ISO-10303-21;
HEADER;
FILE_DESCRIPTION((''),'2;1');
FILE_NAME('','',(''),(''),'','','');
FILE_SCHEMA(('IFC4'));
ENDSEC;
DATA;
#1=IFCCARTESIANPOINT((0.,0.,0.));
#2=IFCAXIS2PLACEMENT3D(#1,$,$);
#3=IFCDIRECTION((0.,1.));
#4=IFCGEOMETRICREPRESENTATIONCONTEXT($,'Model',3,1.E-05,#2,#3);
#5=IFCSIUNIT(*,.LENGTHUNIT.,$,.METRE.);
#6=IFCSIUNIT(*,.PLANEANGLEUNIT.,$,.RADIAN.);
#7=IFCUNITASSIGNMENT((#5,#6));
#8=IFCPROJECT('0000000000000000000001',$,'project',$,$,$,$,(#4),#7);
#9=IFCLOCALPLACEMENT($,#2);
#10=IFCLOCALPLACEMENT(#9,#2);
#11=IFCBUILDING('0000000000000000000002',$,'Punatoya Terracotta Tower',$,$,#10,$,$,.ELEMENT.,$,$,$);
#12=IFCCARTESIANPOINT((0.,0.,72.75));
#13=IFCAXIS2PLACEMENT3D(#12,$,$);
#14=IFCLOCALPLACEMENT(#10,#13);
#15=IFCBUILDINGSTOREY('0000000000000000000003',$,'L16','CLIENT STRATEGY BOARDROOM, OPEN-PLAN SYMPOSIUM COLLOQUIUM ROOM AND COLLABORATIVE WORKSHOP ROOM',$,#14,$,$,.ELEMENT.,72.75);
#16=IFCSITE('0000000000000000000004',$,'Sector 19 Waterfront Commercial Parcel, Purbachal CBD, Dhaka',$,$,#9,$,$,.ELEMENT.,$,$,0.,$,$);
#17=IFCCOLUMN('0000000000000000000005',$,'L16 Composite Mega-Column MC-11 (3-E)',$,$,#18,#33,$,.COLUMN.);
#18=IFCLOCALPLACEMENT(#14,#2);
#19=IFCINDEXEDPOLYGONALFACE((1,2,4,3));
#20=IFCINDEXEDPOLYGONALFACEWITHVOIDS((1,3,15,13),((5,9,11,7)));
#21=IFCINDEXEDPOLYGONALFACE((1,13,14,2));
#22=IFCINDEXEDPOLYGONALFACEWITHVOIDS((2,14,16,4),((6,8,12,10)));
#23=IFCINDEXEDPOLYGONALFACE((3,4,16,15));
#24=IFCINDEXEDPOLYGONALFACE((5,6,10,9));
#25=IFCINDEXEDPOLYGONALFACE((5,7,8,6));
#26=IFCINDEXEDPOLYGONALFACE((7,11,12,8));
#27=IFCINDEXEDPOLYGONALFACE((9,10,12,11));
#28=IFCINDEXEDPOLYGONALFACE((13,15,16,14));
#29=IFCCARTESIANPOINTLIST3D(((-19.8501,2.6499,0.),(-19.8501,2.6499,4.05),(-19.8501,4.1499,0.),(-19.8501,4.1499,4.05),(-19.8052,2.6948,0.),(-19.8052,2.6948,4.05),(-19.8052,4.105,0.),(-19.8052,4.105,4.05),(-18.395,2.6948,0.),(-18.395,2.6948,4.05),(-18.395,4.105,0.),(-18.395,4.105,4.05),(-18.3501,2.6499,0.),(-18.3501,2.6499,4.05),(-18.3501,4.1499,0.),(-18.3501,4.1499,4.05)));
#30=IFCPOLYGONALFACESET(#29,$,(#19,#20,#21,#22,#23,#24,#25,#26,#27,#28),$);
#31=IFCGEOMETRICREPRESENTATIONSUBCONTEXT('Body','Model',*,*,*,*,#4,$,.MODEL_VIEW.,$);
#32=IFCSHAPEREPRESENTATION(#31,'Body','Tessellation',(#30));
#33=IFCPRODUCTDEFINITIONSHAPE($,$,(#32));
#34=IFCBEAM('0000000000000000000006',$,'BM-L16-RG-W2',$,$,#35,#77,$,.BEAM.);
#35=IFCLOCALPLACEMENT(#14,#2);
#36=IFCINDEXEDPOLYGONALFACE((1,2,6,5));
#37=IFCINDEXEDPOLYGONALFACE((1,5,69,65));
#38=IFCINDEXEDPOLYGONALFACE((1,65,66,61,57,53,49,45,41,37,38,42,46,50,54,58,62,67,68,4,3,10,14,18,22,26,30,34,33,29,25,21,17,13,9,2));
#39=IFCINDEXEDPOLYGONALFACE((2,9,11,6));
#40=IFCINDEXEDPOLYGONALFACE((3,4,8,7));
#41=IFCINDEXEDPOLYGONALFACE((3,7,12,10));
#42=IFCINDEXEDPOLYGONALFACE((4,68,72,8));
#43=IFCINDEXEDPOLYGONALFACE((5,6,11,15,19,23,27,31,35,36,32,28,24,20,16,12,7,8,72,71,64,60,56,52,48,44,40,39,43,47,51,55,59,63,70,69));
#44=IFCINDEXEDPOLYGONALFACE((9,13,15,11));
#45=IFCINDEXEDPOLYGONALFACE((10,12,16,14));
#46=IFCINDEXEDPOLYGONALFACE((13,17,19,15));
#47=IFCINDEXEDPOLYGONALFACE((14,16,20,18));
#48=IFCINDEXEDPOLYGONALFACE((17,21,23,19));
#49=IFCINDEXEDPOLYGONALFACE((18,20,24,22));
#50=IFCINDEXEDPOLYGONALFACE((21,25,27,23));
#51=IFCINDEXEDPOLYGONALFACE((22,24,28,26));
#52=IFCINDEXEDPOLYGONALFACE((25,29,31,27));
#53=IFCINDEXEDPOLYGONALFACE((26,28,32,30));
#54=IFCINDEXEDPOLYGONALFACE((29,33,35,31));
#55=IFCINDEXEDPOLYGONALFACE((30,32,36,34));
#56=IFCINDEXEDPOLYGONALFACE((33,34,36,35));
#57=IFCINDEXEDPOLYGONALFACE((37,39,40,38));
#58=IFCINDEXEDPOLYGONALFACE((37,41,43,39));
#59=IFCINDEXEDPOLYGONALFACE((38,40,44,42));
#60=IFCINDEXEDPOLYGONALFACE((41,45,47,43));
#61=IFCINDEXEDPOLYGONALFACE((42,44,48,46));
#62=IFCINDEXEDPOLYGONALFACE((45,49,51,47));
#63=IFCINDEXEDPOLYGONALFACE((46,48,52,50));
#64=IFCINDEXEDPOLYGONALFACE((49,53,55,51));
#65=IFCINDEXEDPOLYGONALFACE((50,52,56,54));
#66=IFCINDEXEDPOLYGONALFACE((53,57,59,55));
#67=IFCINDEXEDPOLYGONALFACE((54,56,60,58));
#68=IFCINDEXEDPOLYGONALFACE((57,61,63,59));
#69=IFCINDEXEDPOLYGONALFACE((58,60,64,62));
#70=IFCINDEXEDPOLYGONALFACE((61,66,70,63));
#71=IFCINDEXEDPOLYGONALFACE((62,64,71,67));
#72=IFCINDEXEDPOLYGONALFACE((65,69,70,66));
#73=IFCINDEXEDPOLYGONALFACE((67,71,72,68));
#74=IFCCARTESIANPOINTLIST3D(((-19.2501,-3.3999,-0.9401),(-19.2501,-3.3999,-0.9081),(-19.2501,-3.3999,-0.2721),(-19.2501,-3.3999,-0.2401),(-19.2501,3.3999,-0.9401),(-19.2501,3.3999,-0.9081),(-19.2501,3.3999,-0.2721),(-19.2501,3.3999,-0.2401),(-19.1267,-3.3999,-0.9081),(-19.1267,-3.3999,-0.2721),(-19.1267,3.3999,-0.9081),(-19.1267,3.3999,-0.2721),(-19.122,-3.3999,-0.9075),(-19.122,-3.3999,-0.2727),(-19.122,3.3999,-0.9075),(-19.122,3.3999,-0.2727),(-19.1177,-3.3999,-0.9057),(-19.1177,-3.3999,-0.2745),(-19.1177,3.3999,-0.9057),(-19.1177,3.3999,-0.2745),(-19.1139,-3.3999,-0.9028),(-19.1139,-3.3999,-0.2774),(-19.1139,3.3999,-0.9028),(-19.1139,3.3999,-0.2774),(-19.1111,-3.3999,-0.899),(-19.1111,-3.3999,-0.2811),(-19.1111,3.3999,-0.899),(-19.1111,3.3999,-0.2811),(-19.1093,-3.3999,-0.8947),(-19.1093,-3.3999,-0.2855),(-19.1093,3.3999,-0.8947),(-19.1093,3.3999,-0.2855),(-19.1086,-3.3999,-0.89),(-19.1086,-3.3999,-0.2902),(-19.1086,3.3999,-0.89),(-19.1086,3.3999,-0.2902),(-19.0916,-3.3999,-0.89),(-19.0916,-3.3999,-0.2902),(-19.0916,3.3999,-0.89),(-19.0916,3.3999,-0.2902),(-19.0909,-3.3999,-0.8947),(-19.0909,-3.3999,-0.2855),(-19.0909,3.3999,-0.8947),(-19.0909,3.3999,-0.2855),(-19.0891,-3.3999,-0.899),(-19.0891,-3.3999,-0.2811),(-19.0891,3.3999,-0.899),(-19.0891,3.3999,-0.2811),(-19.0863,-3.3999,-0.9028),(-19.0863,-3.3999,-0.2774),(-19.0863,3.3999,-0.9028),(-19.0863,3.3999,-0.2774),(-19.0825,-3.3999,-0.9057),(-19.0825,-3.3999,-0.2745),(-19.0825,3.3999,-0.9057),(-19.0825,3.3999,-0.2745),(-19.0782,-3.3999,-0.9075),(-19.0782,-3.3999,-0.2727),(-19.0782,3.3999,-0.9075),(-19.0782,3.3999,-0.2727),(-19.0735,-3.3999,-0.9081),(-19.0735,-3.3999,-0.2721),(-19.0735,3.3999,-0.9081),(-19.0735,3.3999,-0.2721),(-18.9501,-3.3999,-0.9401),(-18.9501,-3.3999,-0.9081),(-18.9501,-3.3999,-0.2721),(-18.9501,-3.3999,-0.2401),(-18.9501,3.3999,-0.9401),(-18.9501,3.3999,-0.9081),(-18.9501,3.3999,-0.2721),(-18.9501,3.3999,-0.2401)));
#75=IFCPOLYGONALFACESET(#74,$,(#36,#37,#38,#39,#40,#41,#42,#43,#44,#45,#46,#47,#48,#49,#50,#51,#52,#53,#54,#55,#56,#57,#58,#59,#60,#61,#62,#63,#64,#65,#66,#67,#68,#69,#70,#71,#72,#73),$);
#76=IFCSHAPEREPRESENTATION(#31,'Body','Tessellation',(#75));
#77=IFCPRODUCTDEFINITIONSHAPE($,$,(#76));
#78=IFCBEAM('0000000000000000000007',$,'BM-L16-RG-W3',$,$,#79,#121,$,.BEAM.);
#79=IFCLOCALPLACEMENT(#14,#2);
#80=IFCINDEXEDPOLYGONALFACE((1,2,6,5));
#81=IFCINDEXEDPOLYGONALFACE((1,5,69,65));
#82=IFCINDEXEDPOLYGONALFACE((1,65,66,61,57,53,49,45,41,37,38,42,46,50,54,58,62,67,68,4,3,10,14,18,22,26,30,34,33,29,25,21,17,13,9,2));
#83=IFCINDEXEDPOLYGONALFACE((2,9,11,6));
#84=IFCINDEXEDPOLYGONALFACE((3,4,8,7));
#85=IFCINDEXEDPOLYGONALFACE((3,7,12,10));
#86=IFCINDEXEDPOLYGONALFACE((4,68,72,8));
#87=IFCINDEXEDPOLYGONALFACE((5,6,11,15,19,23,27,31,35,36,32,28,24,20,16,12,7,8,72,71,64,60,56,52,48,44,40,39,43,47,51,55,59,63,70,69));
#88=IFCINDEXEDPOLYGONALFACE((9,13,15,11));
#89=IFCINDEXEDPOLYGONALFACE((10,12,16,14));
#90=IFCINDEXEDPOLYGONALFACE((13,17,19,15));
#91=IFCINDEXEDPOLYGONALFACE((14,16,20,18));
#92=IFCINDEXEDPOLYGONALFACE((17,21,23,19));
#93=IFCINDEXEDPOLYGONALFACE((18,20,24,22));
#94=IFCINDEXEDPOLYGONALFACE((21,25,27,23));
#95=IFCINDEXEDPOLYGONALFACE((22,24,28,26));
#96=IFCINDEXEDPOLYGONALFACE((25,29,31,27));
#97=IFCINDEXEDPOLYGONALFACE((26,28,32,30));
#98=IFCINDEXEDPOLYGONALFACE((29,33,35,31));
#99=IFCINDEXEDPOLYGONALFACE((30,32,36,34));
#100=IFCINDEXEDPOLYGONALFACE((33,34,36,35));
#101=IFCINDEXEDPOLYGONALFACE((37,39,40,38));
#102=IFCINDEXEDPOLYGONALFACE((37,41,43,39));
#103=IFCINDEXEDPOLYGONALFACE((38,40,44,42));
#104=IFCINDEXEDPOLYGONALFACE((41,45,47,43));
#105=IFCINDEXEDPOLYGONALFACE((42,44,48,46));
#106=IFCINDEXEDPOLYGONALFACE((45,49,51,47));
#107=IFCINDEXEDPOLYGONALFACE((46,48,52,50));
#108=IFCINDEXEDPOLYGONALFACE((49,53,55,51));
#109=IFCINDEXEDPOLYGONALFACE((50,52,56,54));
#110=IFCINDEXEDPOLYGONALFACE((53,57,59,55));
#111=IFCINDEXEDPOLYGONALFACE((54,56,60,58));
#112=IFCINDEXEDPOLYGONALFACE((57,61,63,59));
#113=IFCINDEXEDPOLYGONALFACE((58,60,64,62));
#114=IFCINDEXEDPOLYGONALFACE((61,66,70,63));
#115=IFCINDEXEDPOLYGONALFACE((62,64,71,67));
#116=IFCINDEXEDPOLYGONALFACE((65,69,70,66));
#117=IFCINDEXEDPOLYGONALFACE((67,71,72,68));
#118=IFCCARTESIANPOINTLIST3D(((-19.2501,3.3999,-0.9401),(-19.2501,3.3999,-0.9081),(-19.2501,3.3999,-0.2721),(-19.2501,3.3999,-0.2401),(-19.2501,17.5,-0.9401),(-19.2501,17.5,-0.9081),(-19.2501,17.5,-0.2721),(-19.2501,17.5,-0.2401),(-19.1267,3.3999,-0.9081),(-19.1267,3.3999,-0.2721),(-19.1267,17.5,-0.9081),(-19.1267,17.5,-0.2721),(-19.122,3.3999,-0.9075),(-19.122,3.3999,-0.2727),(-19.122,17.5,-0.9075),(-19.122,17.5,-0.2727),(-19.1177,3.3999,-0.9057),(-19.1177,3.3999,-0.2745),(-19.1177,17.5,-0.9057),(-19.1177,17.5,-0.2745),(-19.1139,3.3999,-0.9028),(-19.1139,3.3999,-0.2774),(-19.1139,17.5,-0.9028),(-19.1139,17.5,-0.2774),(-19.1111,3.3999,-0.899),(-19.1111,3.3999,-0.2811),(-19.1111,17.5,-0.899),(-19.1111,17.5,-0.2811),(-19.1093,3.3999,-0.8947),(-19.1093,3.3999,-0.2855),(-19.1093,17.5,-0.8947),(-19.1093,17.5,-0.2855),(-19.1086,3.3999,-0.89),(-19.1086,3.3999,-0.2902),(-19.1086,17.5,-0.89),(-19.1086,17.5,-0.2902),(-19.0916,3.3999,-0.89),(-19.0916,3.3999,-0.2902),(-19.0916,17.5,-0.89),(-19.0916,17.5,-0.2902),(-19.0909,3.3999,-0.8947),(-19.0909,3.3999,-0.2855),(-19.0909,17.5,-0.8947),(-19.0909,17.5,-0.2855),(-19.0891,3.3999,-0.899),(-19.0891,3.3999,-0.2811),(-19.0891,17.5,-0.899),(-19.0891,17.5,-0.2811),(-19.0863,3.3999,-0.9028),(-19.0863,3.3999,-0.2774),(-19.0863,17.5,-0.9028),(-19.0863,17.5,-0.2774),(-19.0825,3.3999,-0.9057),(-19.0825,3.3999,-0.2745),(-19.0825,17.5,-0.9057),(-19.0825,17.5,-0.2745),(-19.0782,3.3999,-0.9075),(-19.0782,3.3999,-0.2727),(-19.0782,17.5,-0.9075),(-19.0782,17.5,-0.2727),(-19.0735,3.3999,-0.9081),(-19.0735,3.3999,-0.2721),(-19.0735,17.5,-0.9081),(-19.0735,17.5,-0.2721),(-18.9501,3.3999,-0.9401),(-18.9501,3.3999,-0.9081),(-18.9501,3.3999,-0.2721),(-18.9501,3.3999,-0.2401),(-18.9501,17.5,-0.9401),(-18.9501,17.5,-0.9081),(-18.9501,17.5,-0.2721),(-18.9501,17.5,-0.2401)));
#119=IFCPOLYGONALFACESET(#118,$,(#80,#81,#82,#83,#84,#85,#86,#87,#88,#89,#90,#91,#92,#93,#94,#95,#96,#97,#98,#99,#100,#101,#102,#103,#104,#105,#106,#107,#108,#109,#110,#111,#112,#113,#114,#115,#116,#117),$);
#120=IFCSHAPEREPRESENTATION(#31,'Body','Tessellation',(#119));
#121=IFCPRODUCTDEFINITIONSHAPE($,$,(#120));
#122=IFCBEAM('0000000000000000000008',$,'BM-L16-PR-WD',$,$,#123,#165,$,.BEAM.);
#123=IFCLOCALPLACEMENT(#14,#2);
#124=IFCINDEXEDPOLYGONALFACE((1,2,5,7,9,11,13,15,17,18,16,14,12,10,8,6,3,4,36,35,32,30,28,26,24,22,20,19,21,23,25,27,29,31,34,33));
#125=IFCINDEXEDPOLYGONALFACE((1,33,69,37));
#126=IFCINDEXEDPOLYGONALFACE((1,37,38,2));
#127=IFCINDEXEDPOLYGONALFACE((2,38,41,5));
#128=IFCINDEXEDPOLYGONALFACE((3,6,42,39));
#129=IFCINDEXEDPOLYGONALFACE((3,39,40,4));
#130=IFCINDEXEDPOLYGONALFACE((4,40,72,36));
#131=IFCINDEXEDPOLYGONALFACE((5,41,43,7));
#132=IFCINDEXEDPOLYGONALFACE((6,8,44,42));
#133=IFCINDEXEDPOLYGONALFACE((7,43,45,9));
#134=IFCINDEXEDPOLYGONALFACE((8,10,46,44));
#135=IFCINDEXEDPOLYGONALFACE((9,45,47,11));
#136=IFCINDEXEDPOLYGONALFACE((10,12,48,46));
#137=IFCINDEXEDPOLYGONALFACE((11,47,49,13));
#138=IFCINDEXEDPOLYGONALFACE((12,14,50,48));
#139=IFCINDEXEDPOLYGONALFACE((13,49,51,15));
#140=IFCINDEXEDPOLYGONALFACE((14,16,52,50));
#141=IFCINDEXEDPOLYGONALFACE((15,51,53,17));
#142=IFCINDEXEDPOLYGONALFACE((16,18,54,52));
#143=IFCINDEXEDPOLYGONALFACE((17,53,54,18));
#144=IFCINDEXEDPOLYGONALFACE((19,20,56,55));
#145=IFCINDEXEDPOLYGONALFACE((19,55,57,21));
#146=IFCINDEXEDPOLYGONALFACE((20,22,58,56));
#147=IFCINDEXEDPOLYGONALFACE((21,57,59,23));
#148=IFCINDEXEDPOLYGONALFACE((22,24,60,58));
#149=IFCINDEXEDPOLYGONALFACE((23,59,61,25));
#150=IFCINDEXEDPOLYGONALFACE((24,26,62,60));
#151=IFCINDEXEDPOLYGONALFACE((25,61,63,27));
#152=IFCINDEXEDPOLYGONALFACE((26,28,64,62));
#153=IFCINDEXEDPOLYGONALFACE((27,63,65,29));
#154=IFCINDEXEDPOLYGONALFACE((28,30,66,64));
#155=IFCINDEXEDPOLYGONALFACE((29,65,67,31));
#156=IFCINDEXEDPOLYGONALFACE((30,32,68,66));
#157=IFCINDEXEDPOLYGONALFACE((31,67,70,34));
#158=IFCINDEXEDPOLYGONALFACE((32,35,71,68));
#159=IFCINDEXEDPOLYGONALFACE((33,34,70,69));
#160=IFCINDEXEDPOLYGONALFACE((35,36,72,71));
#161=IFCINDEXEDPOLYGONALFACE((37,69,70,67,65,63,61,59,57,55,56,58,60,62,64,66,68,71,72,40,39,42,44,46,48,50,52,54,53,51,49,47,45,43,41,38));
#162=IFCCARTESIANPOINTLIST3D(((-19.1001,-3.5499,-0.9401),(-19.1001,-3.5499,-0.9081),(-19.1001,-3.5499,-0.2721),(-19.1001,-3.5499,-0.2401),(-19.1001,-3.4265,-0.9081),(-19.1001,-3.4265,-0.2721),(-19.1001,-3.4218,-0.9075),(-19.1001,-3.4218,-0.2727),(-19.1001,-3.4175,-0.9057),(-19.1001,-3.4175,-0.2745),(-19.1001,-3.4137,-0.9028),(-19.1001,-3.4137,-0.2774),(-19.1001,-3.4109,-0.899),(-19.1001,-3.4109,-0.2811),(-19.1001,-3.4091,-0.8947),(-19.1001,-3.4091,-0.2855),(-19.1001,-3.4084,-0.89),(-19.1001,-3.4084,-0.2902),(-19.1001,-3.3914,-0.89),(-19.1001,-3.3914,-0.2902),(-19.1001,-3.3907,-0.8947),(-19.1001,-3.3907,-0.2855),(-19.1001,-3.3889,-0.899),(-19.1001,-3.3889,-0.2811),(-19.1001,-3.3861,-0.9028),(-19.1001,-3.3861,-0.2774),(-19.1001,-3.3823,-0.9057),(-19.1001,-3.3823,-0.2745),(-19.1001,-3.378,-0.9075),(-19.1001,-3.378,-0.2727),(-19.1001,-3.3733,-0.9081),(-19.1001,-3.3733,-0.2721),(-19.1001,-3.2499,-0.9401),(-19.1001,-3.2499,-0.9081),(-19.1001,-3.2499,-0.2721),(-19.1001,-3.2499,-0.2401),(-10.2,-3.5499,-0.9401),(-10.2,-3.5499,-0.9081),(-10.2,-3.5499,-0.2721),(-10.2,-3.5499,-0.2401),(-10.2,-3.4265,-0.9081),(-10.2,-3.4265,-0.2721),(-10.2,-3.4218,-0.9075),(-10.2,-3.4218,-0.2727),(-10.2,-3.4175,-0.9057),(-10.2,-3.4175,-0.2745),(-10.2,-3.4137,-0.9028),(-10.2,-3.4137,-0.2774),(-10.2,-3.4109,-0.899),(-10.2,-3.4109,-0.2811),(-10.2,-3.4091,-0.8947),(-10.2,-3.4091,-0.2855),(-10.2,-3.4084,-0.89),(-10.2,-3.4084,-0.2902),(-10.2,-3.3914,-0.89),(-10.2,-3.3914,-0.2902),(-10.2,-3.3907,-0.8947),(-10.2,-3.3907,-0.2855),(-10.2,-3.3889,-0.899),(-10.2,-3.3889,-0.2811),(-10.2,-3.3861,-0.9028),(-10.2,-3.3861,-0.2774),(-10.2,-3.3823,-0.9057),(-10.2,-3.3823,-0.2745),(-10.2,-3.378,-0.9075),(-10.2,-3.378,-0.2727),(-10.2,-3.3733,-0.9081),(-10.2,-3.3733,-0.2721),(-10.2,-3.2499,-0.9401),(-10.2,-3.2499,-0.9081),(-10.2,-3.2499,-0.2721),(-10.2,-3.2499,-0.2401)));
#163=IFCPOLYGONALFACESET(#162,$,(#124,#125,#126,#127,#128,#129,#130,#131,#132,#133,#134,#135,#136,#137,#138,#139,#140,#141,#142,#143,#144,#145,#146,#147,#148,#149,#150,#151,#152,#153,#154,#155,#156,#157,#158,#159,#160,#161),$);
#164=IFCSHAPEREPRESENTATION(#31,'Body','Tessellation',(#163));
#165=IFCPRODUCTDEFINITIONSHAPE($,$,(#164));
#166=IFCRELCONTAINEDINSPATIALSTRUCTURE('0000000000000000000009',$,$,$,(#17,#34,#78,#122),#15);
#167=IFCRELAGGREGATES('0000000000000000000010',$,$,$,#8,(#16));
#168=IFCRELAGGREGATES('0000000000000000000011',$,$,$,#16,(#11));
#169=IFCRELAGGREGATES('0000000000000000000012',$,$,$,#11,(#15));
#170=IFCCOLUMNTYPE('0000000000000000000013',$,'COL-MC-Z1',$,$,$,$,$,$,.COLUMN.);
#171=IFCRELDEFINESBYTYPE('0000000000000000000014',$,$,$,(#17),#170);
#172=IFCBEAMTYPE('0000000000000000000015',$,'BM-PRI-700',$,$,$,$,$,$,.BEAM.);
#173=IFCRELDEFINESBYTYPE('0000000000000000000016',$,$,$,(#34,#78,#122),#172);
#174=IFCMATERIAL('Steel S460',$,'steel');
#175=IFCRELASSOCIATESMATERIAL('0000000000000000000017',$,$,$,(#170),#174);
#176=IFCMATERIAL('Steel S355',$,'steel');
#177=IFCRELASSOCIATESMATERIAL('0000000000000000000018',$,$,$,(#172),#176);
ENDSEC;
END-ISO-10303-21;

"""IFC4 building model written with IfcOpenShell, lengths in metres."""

from ifc_helpers import new_model, si_unit, direction, frame, origin, origin_2d, place, context, subcontext, project, spatial, hollow_rectangle, i_section, extrude, material, material_profile, profile_set, type_object, element, save


model = new_model("IFC4")

# Units and contexts
model_context = context("Model", 3, precision=1e-05, world=origin(), true_north=direction((0.0, 1.0)))
body_context = subcontext(model_context, "Body", "Model", "MODEL_VIEW")
ifc_project = project(units=[si_unit("LENGTHUNIT", "METRE"), si_unit("PLANEANGLEUNIT", "RADIAN")], contexts=[model_context])

# Site, building, storey
site_placement = place(None, origin())
site = spatial("IfcSite", under=ifc_project, at=site_placement, Name="Sector 19 Waterfront Commercial Parcel, Purbachal CBD, Dhaka", CompositionType="ELEMENT", RefElevation=0.0)
building_placement = place(site_placement, origin())
building = spatial("IfcBuilding", under=site, at=building_placement, Name="Punatoya Terracotta Tower", CompositionType="ELEMENT")
storey_placement = place(building_placement, frame((0.0, 0.0, 72.75)))
storey = spatial("IfcBuildingStorey", under=building, at=storey_placement, Name="L16", Description="CLIENT STRATEGY BOARDROOM, OPEN-PLAN SYMPOSIUM COLLOQUIUM ROOM AND COLLABORATIVE WORKSHOP ROOM", CompositionType="ELEMENT", Elevation=72.75)

# Column
ifc_material_1 = material(Name="Steel S460", Category="steel")
ifc_material_profile_1 = material_profile(ifc_material_1, hollow_rectangle(XDim=1.5, YDim=1.5, WallThickness=0.0449, at=origin_2d()))
ifc_profile_set_1 = profile_set([ifc_material_profile_1], Name="Steel S460")
column_type = type_object("IfcColumnType", Name="COL-MC-Z1", PredefinedType="COLUMN", material=ifc_profile_set_1)
column_placement = place(storey_placement, frame((-19.1001, 3.3999, 0.0), z_axis=(0.0, 0.0, 1.0), x_axis=(1.0, 0.0, 0.0)))
element("IfcColumn", 1, at=column_placement, inside=storey, type_object=column_type, Name="L16 Composite Mega-Column MC-11 (3-E)", PredefinedType="COLUMN", context=body_context, shape_type="SweptSolid", body=[
    extrude(hollow_rectangle(XDim=1.5, YDim=1.5, WallThickness=0.0449, at=origin_2d()), origin(), (0.0, 0.0, 1.0), 4.05),
])

# Beams
ifc_material_2 = material(Name="Steel S355", Category="steel")
ifc_material_profile_2 = material_profile(ifc_material_2, i_section(OverallWidth=0.3, OverallDepth=0.7, WebThickness=0.0171, FlangeThickness=0.032, FilletRadius=0.0181, at=origin_2d()))
ifc_profile_set_2 = profile_set([ifc_material_profile_2], Name="Steel S355")
beam_type = type_object("IfcBeamType", Name="BM-PRI-700", PredefinedType="BEAM", material=ifc_profile_set_2)
beam_1_placement = place(storey_placement, frame((-19.1001, -3.3999, -0.5901), z_axis=(0.0, 1.0, 0.0), x_axis=(-1.0, 0.0, 0.0)))
element("IfcBeam", 2, at=beam_1_placement, inside=storey, type_object=beam_type, Name="BM-L16-RG-W2", PredefinedType="BEAM", context=body_context, shape_type="SweptSolid", body=[
    extrude(i_section(OverallWidth=0.3, OverallDepth=0.7, WebThickness=0.0171, FlangeThickness=0.032, FilletRadius=0.0181, at=origin_2d()), origin(), (0.0, 0.0, 1.0), 6.7998),
])
beam_2_placement = place(storey_placement, frame((-19.1001, 3.3999, -0.5901), z_axis=(0.0, 1.0, 0.0), x_axis=(-1.0, 0.0, 0.0)))
element("IfcBeam", 3, at=beam_2_placement, inside=storey, type_object=beam_type, Name="BM-L16-RG-W3", PredefinedType="BEAM", context=body_context, shape_type="SweptSolid", body=[
    extrude(i_section(OverallWidth=0.3, OverallDepth=0.7, WebThickness=0.0171, FlangeThickness=0.032, FilletRadius=0.0181, at=origin_2d()), origin(), (0.0, 0.0, 1.0), 14.1001),
])
for number, where, z_axis, x_axis, name in (
    (4, (-19.1001, -3.3999, -0.5901), (1.0, 0.0, 0.0), (0.0, 1.0, 0.0), "BM-L16-PR-WD"),
):
    element("IfcBeam", number, at=place(storey_placement, frame(where, z_axis=z_axis, x_axis=x_axis)), inside=storey, type_object=beam_type, Name=name, PredefinedType="BEAM", context=body_context, shape_type="SweptSolid", body=[
        extrude(i_section(OverallWidth=0.3, OverallDepth=0.7, WebThickness=0.0171, FlangeThickness=0.032, FilletRadius=0.0181, at=origin_2d()), origin(), (0.0, 0.0, 1.0), 8.9001),
    ])

save(model, "model.ifc")
